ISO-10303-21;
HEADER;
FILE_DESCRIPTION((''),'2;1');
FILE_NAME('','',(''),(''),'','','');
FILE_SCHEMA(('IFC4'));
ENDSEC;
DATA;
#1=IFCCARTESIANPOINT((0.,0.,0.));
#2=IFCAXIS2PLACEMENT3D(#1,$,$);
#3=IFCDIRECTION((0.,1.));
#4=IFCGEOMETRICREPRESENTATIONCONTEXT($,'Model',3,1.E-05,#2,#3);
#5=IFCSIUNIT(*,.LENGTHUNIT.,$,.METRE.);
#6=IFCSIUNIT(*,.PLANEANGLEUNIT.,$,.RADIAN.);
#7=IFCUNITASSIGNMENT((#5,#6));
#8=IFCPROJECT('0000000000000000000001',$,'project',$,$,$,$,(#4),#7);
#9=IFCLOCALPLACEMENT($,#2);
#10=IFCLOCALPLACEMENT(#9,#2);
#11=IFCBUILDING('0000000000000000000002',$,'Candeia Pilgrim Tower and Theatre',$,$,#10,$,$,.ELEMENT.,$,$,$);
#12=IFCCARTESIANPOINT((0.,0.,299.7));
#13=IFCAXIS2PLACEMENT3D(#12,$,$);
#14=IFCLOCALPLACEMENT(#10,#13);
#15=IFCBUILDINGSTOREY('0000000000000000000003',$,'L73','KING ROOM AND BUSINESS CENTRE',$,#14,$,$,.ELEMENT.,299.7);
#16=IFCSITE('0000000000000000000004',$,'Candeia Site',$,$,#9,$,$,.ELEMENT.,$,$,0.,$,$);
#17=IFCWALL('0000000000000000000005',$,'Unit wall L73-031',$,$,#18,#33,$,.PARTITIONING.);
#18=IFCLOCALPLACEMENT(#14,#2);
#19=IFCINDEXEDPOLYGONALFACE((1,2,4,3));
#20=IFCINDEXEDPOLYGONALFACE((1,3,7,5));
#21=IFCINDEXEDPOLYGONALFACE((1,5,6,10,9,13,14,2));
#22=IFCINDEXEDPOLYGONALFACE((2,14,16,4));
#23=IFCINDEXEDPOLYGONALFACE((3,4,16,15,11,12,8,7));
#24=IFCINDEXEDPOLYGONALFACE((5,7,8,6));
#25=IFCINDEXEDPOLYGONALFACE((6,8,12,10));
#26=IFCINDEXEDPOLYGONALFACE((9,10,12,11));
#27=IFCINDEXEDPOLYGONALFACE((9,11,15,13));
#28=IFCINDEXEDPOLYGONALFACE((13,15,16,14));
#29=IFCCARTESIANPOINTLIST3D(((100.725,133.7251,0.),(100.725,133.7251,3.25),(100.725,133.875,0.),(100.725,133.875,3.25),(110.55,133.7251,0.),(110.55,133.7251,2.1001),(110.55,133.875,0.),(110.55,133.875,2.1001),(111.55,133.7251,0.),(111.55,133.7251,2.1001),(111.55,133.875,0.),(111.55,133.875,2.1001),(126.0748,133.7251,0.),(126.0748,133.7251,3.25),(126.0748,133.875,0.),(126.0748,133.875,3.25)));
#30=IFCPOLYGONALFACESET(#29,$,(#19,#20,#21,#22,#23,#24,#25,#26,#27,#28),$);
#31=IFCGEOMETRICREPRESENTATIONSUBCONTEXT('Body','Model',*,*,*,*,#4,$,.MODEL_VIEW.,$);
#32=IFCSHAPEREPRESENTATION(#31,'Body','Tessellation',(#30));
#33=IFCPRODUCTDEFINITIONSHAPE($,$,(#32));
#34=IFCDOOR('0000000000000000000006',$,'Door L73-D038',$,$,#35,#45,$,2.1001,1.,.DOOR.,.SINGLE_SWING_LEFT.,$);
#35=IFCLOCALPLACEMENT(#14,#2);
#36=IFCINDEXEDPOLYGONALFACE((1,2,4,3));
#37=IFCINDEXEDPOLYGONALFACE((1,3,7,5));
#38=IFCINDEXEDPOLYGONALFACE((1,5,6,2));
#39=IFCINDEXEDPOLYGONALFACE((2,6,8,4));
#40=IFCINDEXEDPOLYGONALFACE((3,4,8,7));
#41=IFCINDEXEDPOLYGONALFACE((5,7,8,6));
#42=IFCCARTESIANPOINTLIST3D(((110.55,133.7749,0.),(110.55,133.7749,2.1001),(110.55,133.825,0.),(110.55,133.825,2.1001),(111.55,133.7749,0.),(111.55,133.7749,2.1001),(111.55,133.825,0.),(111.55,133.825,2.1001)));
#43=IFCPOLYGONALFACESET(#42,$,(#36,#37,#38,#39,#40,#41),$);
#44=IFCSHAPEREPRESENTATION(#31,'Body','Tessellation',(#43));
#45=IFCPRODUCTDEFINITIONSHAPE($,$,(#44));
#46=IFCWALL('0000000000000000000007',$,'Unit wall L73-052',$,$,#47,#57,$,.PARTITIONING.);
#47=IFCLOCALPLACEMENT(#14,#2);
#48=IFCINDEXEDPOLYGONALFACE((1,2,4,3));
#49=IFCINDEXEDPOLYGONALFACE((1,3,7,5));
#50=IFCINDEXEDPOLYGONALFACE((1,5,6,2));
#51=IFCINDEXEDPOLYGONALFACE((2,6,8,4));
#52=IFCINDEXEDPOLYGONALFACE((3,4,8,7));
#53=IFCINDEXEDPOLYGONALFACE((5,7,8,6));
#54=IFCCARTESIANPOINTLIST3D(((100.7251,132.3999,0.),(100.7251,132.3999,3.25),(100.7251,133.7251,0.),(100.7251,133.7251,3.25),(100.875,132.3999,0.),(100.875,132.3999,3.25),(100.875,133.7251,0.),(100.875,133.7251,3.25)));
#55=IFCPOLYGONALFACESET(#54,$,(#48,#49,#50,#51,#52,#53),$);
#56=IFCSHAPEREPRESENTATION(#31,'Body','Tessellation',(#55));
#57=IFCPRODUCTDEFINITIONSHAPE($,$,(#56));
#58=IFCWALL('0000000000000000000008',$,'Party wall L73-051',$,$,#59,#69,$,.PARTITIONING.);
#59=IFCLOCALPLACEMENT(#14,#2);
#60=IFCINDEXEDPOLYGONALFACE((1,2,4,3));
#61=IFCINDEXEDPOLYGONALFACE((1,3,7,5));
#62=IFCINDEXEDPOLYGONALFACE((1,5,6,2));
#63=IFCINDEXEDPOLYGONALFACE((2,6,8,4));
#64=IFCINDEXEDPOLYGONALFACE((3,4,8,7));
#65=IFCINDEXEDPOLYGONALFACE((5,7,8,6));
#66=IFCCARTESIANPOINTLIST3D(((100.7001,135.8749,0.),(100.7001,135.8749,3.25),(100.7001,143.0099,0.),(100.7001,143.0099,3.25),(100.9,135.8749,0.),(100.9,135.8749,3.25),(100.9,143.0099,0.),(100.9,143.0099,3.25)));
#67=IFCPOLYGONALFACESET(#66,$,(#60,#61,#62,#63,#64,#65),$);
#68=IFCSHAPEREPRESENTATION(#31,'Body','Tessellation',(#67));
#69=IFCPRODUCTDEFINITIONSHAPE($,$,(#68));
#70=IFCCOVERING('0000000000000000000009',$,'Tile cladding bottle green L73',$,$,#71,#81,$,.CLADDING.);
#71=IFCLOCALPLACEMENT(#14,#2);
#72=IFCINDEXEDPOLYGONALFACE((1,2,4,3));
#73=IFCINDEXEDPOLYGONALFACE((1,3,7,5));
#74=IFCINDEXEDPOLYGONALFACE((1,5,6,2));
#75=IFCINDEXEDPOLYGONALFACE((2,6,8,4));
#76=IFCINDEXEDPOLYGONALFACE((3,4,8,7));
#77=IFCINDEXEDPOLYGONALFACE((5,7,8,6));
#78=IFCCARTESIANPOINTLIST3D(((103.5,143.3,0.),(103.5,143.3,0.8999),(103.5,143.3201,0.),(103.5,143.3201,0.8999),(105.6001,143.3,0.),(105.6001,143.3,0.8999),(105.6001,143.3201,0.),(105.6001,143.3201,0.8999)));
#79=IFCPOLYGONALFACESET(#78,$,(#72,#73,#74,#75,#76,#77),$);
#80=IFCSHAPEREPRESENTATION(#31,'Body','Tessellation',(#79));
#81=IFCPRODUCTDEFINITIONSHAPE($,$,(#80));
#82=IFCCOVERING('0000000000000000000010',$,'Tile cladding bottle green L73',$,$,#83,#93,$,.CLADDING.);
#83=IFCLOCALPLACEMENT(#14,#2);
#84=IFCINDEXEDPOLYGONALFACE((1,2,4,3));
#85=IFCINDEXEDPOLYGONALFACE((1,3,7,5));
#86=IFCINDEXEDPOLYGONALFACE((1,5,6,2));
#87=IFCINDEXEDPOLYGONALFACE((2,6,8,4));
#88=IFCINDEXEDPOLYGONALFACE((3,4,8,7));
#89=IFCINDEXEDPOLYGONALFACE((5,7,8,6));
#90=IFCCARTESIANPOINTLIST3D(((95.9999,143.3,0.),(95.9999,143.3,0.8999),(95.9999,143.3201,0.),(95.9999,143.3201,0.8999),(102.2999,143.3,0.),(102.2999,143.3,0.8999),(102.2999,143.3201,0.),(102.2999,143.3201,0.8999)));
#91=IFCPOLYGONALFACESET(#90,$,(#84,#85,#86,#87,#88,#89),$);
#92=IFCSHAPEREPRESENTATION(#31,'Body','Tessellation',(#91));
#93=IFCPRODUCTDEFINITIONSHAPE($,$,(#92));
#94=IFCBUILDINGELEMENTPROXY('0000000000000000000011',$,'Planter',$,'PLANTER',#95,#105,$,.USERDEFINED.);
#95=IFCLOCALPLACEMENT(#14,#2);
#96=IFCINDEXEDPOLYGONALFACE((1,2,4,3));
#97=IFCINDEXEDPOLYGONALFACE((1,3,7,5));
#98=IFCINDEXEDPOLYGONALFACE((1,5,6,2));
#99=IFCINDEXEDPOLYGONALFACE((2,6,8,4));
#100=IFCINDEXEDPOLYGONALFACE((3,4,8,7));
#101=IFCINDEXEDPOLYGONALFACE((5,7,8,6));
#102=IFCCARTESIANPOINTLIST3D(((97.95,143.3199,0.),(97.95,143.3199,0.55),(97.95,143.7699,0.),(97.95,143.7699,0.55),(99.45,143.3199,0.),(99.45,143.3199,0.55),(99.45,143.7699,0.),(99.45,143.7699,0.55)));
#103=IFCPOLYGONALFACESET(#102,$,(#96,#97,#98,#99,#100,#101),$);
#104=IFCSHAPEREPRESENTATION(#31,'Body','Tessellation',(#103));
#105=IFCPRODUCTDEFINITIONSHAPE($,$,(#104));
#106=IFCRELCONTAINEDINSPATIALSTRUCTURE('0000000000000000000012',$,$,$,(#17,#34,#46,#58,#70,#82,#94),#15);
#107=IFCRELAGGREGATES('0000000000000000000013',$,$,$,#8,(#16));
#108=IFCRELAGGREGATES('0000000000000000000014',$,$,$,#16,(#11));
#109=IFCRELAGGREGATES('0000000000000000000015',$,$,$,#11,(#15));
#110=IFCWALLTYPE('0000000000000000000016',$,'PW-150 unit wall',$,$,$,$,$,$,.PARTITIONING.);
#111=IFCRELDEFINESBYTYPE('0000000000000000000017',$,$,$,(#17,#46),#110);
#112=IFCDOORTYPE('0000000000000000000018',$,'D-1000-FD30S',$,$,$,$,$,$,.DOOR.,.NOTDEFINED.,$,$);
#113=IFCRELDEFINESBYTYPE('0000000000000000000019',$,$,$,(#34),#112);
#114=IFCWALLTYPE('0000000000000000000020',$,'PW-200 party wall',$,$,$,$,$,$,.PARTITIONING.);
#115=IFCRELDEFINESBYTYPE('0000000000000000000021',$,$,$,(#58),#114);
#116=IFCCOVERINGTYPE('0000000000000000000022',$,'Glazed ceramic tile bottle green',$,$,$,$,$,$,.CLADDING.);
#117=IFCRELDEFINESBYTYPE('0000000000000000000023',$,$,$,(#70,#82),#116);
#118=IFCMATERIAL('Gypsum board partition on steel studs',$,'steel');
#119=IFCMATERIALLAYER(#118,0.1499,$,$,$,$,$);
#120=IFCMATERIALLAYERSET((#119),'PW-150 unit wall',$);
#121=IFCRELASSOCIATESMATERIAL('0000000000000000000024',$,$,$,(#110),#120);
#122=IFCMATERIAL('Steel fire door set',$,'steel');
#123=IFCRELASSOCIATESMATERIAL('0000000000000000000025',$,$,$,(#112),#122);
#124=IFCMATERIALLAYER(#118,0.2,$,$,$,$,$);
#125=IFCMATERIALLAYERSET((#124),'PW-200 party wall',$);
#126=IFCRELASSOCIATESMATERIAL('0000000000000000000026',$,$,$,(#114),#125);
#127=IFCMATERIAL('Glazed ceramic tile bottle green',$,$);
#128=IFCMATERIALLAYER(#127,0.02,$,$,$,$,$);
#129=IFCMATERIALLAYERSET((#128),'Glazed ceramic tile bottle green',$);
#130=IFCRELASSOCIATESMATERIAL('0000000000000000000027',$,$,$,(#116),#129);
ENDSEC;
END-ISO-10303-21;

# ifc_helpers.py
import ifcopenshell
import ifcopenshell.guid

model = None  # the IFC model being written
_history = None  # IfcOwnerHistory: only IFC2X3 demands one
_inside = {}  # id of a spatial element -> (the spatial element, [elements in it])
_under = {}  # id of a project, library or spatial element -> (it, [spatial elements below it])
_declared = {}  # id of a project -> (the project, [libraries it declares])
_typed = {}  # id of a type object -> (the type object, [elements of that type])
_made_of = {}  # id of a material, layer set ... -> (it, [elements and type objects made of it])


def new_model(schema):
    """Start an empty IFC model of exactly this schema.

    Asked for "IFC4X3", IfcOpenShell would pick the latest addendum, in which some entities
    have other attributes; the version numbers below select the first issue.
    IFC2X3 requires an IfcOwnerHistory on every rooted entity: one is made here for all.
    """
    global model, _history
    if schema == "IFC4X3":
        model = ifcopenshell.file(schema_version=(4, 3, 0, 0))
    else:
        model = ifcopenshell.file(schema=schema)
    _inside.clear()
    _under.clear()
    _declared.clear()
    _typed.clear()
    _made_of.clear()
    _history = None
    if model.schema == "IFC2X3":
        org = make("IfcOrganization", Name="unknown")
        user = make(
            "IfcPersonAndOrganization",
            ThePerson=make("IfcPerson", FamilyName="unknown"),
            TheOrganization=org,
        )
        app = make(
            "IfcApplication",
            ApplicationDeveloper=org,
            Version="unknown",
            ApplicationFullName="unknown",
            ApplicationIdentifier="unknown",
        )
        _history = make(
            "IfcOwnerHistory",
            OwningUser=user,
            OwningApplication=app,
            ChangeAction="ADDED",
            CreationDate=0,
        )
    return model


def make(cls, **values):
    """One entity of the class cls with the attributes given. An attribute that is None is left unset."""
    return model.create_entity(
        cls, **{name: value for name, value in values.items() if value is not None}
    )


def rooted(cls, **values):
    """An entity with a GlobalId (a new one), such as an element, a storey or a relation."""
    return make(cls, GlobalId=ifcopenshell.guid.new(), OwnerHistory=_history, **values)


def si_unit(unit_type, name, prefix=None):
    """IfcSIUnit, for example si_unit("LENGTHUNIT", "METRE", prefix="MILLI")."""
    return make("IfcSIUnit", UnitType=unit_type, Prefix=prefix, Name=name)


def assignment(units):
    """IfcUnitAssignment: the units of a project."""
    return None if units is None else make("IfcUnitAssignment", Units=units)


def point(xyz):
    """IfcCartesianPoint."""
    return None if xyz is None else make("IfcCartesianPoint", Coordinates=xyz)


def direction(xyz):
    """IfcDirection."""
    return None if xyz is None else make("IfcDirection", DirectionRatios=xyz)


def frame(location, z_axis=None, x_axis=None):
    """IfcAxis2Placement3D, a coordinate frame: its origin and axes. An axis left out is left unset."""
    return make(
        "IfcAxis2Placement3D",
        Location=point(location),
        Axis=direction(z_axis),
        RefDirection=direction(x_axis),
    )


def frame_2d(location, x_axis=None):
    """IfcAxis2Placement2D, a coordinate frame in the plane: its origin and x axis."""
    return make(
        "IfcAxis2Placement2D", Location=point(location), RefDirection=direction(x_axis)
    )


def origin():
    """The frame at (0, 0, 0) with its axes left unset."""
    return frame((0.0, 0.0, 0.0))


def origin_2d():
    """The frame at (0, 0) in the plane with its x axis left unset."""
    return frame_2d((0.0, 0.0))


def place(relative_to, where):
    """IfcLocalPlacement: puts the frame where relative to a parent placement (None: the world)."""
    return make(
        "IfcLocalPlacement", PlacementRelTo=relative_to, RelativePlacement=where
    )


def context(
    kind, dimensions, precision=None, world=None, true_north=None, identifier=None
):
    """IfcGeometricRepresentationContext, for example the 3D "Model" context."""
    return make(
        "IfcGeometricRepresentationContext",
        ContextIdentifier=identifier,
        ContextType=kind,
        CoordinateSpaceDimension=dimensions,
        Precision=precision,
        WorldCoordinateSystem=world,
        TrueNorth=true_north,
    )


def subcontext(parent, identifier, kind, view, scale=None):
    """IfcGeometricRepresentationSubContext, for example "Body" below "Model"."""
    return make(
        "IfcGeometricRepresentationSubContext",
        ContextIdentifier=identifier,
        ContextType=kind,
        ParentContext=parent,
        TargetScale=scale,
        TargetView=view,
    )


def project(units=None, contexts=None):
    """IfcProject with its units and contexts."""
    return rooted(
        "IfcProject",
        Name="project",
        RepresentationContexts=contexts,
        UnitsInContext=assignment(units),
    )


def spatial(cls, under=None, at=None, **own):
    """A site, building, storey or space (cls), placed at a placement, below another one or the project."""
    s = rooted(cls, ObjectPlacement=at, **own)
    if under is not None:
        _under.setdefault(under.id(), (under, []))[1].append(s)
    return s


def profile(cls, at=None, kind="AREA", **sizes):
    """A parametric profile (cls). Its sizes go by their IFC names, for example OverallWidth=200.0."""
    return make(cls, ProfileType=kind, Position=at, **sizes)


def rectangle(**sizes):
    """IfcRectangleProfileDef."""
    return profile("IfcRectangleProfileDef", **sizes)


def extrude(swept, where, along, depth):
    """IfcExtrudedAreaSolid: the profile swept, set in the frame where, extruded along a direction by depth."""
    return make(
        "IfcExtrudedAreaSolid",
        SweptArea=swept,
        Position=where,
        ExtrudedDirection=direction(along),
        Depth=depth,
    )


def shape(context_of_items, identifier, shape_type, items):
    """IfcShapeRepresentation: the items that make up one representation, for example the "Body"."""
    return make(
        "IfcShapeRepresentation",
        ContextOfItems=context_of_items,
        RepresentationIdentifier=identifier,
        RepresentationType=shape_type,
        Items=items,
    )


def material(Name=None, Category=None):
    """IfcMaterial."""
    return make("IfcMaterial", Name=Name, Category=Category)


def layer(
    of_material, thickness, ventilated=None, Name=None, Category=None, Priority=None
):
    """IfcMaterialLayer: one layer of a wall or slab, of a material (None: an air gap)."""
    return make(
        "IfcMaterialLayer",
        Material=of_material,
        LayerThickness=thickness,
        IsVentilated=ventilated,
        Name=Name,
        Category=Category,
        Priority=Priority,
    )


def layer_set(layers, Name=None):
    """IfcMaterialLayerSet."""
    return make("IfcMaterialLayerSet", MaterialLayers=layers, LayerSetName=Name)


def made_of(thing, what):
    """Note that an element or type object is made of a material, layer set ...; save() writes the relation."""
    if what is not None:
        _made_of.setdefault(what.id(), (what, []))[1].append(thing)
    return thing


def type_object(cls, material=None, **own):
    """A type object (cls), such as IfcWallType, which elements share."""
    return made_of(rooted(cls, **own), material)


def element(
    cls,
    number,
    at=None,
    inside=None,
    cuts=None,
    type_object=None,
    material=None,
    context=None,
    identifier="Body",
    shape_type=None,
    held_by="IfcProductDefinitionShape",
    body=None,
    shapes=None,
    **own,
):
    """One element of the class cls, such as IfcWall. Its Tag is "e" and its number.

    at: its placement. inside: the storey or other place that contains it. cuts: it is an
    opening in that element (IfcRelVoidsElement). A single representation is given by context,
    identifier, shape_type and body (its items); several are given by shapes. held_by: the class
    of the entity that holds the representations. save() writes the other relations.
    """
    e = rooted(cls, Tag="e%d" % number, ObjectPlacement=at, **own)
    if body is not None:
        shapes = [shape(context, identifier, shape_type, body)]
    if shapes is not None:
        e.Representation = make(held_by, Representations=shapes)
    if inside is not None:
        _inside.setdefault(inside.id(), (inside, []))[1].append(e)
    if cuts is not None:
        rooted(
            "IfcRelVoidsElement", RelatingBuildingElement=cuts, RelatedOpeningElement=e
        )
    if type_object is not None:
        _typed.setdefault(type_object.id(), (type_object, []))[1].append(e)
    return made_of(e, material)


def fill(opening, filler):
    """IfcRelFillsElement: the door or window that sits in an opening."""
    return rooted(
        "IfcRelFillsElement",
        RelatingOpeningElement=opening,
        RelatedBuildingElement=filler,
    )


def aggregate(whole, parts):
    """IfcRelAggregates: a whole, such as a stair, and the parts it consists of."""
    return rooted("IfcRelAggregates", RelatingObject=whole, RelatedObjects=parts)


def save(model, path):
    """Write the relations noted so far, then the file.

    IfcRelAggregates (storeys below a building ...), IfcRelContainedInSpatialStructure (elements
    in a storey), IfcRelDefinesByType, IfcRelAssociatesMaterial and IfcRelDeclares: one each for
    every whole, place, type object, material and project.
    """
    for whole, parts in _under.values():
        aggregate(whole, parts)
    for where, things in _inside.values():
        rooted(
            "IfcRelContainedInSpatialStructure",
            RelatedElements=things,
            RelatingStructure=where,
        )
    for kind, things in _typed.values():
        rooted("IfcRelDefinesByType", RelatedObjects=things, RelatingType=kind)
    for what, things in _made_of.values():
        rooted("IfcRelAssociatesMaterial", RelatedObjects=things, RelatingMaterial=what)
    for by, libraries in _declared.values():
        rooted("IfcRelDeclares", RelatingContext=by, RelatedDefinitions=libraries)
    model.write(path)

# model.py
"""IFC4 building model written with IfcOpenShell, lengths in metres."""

from ifc_helpers import new_model, si_unit, direction, frame, frame_2d, origin, origin_2d, place, context, subcontext, project, spatial, rectangle, extrude, material, layer, layer_set, type_object, element, fill, save


model = new_model("IFC4")

# Units and contexts
model_context = context("Model", 3, precision=1e-05, world=origin(), true_north=direction((0.0, 1.0)))
body_context = subcontext(model_context, "Body", "Model", "MODEL_VIEW")
ifc_project = project(units=[si_unit("LENGTHUNIT", "METRE"), si_unit("PLANEANGLEUNIT", "RADIAN")], contexts=[model_context])

# Site, building, storey
site_placement = place(None, origin())
site = spatial("IfcSite", under=ifc_project, at=site_placement, Name="Candeia Site", CompositionType="ELEMENT", RefElevation=0.0)
building_placement = place(site_placement, origin())
building = spatial("IfcBuilding", under=site, at=building_placement, Name="Candeia Pilgrim Tower and Theatre", CompositionType="ELEMENT")
storey_placement = place(building_placement, frame((0.0, 0.0, 299.7)))
storey = spatial("IfcBuildingStorey", under=building, at=storey_placement, Name="L73", Description="KING ROOM AND BUSINESS CENTRE", CompositionType="ELEMENT", Elevation=299.7)

# Shared definitions
ifc_material_1 = material(Name="Steel fire door set", Category="steel")

# Shared definitions
ifc_material_2 = material(Name="Gypsum board partition on steel studs", Category="steel")

# Wall, opening, door
ifc_layer_1 = layer(ifc_material_2, 0.1499)
ifc_layer_set_1 = layer_set([ifc_layer_1], Name="PW-150 unit wall")
wall_type_1 = type_object("IfcWallType", Name="PW-150 unit wall", PredefinedType="PARTITIONING", material=ifc_layer_set_1)
wall_1_placement = place(storey_placement, frame((100.7251, 133.8, 0.0), z_axis=(0.0, 0.0, 1.0), x_axis=(1.0, 0.0, 0.0)))
wall_1 = element("IfcWall", 1, at=wall_1_placement, inside=storey, type_object=wall_type_1, Name="Unit wall L73-031", PredefinedType="PARTITIONING", context=body_context, shape_type="SweptSolid", body=[
    extrude(rectangle(XDim=25.3499, YDim=0.1499, at=frame_2d((12.6748, 0.0))), origin(), (0.0, 0.0, 1.0), 3.25),
])
opening_1_placement = place(wall_1_placement, frame((9.825, 0.0, 0.0)))
opening_1 = element("IfcOpeningElement", 2, at=opening_1_placement, cuts=wall_1, PredefinedType="OPENING", context=body_context, shape_type="SweptSolid", body=[
    extrude(rectangle(XDim=1.0, YDim=2.1001, at=frame_2d((0.5, 1.05))), frame((0.0, 0.085, 0.0), z_axis=(0.0, -1.0, 0.0), x_axis=(1.0, 0.0, 0.0)), (0.0, 0.0, 1.0), 0.1699),
])
door_type_1 = type_object("IfcDoorType", Name="D-1000-FD30S", OperationType="NOTDEFINED", PredefinedType="DOOR", material=ifc_material_1)
door_1_placement = place(opening_1_placement, origin())
door_1 = element("IfcDoor", 3, at=door_1_placement, inside=storey, type_object=door_type_1, Name="Door L73-D038", OperationType="SINGLE_SWING_LEFT", OverallHeight=2.1001, OverallWidth=1.0, PredefinedType="DOOR", context=body_context, shape_type="SweptSolid", body=[
    extrude(rectangle(XDim=1.0, YDim=2.1001, at=frame_2d((0.5, 1.05))), frame((0.0, 0.0249, 0.0), z_axis=(0.0, -1.0, 0.0), x_axis=(1.0, 0.0, 0.0)), (0.0, 0.0, 1.0), 0.05),
])
fill(opening_1, door_1)

# Walls
wall_2_placement = place(storey_placement, frame((100.8, 132.3999, 0.0), z_axis=(0.0, 0.0, 1.0), x_axis=(0.0, 1.0, 0.0)))
element("IfcWall", 4, at=wall_2_placement, inside=storey, type_object=wall_type_1, Name="Unit wall L73-052", PredefinedType="PARTITIONING", context=body_context, shape_type="SweptSolid", body=[
    extrude(rectangle(XDim=1.3252, YDim=0.1499, at=frame_2d((0.6626, 0.0))), origin(), (0.0, 0.0, 1.0), 3.25),
])
ifc_layer_2 = layer(ifc_material_2, 0.2)
ifc_layer_set_2 = layer_set([ifc_layer_2], Name="PW-200 party wall")
wall_type_2 = type_object("IfcWallType", Name="PW-200 party wall", PredefinedType="PARTITIONING", material=ifc_layer_set_2)
wall_3_placement = place(storey_placement, frame((100.8, 135.875, 0.0), z_axis=(0.0, 0.0, 1.0), x_axis=(0.0, 1.0, 0.0)))
element("IfcWall", 5, at=wall_3_placement, inside=storey, type_object=wall_type_2, Name="Party wall L73-051", PredefinedType="PARTITIONING", context=body_context, shape_type="SweptSolid", body=[
    extrude(rectangle(XDim=7.135, YDim=0.2, at=frame_2d((3.5674, 0.0))), origin(), (0.0, 0.0, 1.0), 3.25),
])

# Coverings
ifc_material_3 = material(Name="Glazed ceramic tile bottle green")
ifc_layer_3 = layer(ifc_material_3, 0.02)
ifc_layer_set_3 = layer_set([ifc_layer_3], Name="Glazed ceramic tile bottle green")
covering_type = type_object("IfcCoveringType", Name="Glazed ceramic tile bottle green", PredefinedType="CLADDING", material=ifc_layer_set_3)
covering_1_placement = place(storey_placement, frame((104.55, 143.3101, 0.0), z_axis=(0.0, 0.0, 1.0), x_axis=(-1.0, 0.0, 0.0)))
element("IfcCovering", 6, at=covering_1_placement, inside=storey, type_object=covering_type, Name="Tile cladding bottle green L73", PredefinedType="CLADDING", context=body_context, shape_type="SweptSolid", body=[
    extrude(rectangle(XDim=2.1001, YDim=0.02, at=origin_2d()), origin(), (0.0, 0.0, 1.0), 0.8999),
])
covering_2_placement = place(storey_placement, frame((99.1499, 143.3101, 0.0), z_axis=(0.0, 0.0, 1.0), x_axis=(-1.0, 0.0, 0.0)))
element("IfcCovering", 7, at=covering_2_placement, inside=storey, type_object=covering_type, Name="Tile cladding bottle green L73", PredefinedType="CLADDING", context=body_context, shape_type="SweptSolid", body=[
    extrude(rectangle(XDim=6.3, YDim=0.02, at=origin_2d()), origin(), (0.0, 0.0, 1.0), 0.8999),
])

# Building element proxy
proxy_placement = place(storey_placement, frame((98.7, 143.5449, 0.0), z_axis=(0.0, 0.0, 1.0), x_axis=(-1.0, 0.0, 0.0)))
element("IfcBuildingElementProxy", 8, at=proxy_placement, inside=storey, Name="Planter", ObjectType="PLANTER", PredefinedType="USERDEFINED", context=body_context, shape_type="SweptSolid", body=[
    extrude(rectangle(XDim=1.5, YDim=0.45, at=origin_2d()), origin(), (0.0, 0.0, 1.0), 0.55),
])

save(model, "model.ifc")
